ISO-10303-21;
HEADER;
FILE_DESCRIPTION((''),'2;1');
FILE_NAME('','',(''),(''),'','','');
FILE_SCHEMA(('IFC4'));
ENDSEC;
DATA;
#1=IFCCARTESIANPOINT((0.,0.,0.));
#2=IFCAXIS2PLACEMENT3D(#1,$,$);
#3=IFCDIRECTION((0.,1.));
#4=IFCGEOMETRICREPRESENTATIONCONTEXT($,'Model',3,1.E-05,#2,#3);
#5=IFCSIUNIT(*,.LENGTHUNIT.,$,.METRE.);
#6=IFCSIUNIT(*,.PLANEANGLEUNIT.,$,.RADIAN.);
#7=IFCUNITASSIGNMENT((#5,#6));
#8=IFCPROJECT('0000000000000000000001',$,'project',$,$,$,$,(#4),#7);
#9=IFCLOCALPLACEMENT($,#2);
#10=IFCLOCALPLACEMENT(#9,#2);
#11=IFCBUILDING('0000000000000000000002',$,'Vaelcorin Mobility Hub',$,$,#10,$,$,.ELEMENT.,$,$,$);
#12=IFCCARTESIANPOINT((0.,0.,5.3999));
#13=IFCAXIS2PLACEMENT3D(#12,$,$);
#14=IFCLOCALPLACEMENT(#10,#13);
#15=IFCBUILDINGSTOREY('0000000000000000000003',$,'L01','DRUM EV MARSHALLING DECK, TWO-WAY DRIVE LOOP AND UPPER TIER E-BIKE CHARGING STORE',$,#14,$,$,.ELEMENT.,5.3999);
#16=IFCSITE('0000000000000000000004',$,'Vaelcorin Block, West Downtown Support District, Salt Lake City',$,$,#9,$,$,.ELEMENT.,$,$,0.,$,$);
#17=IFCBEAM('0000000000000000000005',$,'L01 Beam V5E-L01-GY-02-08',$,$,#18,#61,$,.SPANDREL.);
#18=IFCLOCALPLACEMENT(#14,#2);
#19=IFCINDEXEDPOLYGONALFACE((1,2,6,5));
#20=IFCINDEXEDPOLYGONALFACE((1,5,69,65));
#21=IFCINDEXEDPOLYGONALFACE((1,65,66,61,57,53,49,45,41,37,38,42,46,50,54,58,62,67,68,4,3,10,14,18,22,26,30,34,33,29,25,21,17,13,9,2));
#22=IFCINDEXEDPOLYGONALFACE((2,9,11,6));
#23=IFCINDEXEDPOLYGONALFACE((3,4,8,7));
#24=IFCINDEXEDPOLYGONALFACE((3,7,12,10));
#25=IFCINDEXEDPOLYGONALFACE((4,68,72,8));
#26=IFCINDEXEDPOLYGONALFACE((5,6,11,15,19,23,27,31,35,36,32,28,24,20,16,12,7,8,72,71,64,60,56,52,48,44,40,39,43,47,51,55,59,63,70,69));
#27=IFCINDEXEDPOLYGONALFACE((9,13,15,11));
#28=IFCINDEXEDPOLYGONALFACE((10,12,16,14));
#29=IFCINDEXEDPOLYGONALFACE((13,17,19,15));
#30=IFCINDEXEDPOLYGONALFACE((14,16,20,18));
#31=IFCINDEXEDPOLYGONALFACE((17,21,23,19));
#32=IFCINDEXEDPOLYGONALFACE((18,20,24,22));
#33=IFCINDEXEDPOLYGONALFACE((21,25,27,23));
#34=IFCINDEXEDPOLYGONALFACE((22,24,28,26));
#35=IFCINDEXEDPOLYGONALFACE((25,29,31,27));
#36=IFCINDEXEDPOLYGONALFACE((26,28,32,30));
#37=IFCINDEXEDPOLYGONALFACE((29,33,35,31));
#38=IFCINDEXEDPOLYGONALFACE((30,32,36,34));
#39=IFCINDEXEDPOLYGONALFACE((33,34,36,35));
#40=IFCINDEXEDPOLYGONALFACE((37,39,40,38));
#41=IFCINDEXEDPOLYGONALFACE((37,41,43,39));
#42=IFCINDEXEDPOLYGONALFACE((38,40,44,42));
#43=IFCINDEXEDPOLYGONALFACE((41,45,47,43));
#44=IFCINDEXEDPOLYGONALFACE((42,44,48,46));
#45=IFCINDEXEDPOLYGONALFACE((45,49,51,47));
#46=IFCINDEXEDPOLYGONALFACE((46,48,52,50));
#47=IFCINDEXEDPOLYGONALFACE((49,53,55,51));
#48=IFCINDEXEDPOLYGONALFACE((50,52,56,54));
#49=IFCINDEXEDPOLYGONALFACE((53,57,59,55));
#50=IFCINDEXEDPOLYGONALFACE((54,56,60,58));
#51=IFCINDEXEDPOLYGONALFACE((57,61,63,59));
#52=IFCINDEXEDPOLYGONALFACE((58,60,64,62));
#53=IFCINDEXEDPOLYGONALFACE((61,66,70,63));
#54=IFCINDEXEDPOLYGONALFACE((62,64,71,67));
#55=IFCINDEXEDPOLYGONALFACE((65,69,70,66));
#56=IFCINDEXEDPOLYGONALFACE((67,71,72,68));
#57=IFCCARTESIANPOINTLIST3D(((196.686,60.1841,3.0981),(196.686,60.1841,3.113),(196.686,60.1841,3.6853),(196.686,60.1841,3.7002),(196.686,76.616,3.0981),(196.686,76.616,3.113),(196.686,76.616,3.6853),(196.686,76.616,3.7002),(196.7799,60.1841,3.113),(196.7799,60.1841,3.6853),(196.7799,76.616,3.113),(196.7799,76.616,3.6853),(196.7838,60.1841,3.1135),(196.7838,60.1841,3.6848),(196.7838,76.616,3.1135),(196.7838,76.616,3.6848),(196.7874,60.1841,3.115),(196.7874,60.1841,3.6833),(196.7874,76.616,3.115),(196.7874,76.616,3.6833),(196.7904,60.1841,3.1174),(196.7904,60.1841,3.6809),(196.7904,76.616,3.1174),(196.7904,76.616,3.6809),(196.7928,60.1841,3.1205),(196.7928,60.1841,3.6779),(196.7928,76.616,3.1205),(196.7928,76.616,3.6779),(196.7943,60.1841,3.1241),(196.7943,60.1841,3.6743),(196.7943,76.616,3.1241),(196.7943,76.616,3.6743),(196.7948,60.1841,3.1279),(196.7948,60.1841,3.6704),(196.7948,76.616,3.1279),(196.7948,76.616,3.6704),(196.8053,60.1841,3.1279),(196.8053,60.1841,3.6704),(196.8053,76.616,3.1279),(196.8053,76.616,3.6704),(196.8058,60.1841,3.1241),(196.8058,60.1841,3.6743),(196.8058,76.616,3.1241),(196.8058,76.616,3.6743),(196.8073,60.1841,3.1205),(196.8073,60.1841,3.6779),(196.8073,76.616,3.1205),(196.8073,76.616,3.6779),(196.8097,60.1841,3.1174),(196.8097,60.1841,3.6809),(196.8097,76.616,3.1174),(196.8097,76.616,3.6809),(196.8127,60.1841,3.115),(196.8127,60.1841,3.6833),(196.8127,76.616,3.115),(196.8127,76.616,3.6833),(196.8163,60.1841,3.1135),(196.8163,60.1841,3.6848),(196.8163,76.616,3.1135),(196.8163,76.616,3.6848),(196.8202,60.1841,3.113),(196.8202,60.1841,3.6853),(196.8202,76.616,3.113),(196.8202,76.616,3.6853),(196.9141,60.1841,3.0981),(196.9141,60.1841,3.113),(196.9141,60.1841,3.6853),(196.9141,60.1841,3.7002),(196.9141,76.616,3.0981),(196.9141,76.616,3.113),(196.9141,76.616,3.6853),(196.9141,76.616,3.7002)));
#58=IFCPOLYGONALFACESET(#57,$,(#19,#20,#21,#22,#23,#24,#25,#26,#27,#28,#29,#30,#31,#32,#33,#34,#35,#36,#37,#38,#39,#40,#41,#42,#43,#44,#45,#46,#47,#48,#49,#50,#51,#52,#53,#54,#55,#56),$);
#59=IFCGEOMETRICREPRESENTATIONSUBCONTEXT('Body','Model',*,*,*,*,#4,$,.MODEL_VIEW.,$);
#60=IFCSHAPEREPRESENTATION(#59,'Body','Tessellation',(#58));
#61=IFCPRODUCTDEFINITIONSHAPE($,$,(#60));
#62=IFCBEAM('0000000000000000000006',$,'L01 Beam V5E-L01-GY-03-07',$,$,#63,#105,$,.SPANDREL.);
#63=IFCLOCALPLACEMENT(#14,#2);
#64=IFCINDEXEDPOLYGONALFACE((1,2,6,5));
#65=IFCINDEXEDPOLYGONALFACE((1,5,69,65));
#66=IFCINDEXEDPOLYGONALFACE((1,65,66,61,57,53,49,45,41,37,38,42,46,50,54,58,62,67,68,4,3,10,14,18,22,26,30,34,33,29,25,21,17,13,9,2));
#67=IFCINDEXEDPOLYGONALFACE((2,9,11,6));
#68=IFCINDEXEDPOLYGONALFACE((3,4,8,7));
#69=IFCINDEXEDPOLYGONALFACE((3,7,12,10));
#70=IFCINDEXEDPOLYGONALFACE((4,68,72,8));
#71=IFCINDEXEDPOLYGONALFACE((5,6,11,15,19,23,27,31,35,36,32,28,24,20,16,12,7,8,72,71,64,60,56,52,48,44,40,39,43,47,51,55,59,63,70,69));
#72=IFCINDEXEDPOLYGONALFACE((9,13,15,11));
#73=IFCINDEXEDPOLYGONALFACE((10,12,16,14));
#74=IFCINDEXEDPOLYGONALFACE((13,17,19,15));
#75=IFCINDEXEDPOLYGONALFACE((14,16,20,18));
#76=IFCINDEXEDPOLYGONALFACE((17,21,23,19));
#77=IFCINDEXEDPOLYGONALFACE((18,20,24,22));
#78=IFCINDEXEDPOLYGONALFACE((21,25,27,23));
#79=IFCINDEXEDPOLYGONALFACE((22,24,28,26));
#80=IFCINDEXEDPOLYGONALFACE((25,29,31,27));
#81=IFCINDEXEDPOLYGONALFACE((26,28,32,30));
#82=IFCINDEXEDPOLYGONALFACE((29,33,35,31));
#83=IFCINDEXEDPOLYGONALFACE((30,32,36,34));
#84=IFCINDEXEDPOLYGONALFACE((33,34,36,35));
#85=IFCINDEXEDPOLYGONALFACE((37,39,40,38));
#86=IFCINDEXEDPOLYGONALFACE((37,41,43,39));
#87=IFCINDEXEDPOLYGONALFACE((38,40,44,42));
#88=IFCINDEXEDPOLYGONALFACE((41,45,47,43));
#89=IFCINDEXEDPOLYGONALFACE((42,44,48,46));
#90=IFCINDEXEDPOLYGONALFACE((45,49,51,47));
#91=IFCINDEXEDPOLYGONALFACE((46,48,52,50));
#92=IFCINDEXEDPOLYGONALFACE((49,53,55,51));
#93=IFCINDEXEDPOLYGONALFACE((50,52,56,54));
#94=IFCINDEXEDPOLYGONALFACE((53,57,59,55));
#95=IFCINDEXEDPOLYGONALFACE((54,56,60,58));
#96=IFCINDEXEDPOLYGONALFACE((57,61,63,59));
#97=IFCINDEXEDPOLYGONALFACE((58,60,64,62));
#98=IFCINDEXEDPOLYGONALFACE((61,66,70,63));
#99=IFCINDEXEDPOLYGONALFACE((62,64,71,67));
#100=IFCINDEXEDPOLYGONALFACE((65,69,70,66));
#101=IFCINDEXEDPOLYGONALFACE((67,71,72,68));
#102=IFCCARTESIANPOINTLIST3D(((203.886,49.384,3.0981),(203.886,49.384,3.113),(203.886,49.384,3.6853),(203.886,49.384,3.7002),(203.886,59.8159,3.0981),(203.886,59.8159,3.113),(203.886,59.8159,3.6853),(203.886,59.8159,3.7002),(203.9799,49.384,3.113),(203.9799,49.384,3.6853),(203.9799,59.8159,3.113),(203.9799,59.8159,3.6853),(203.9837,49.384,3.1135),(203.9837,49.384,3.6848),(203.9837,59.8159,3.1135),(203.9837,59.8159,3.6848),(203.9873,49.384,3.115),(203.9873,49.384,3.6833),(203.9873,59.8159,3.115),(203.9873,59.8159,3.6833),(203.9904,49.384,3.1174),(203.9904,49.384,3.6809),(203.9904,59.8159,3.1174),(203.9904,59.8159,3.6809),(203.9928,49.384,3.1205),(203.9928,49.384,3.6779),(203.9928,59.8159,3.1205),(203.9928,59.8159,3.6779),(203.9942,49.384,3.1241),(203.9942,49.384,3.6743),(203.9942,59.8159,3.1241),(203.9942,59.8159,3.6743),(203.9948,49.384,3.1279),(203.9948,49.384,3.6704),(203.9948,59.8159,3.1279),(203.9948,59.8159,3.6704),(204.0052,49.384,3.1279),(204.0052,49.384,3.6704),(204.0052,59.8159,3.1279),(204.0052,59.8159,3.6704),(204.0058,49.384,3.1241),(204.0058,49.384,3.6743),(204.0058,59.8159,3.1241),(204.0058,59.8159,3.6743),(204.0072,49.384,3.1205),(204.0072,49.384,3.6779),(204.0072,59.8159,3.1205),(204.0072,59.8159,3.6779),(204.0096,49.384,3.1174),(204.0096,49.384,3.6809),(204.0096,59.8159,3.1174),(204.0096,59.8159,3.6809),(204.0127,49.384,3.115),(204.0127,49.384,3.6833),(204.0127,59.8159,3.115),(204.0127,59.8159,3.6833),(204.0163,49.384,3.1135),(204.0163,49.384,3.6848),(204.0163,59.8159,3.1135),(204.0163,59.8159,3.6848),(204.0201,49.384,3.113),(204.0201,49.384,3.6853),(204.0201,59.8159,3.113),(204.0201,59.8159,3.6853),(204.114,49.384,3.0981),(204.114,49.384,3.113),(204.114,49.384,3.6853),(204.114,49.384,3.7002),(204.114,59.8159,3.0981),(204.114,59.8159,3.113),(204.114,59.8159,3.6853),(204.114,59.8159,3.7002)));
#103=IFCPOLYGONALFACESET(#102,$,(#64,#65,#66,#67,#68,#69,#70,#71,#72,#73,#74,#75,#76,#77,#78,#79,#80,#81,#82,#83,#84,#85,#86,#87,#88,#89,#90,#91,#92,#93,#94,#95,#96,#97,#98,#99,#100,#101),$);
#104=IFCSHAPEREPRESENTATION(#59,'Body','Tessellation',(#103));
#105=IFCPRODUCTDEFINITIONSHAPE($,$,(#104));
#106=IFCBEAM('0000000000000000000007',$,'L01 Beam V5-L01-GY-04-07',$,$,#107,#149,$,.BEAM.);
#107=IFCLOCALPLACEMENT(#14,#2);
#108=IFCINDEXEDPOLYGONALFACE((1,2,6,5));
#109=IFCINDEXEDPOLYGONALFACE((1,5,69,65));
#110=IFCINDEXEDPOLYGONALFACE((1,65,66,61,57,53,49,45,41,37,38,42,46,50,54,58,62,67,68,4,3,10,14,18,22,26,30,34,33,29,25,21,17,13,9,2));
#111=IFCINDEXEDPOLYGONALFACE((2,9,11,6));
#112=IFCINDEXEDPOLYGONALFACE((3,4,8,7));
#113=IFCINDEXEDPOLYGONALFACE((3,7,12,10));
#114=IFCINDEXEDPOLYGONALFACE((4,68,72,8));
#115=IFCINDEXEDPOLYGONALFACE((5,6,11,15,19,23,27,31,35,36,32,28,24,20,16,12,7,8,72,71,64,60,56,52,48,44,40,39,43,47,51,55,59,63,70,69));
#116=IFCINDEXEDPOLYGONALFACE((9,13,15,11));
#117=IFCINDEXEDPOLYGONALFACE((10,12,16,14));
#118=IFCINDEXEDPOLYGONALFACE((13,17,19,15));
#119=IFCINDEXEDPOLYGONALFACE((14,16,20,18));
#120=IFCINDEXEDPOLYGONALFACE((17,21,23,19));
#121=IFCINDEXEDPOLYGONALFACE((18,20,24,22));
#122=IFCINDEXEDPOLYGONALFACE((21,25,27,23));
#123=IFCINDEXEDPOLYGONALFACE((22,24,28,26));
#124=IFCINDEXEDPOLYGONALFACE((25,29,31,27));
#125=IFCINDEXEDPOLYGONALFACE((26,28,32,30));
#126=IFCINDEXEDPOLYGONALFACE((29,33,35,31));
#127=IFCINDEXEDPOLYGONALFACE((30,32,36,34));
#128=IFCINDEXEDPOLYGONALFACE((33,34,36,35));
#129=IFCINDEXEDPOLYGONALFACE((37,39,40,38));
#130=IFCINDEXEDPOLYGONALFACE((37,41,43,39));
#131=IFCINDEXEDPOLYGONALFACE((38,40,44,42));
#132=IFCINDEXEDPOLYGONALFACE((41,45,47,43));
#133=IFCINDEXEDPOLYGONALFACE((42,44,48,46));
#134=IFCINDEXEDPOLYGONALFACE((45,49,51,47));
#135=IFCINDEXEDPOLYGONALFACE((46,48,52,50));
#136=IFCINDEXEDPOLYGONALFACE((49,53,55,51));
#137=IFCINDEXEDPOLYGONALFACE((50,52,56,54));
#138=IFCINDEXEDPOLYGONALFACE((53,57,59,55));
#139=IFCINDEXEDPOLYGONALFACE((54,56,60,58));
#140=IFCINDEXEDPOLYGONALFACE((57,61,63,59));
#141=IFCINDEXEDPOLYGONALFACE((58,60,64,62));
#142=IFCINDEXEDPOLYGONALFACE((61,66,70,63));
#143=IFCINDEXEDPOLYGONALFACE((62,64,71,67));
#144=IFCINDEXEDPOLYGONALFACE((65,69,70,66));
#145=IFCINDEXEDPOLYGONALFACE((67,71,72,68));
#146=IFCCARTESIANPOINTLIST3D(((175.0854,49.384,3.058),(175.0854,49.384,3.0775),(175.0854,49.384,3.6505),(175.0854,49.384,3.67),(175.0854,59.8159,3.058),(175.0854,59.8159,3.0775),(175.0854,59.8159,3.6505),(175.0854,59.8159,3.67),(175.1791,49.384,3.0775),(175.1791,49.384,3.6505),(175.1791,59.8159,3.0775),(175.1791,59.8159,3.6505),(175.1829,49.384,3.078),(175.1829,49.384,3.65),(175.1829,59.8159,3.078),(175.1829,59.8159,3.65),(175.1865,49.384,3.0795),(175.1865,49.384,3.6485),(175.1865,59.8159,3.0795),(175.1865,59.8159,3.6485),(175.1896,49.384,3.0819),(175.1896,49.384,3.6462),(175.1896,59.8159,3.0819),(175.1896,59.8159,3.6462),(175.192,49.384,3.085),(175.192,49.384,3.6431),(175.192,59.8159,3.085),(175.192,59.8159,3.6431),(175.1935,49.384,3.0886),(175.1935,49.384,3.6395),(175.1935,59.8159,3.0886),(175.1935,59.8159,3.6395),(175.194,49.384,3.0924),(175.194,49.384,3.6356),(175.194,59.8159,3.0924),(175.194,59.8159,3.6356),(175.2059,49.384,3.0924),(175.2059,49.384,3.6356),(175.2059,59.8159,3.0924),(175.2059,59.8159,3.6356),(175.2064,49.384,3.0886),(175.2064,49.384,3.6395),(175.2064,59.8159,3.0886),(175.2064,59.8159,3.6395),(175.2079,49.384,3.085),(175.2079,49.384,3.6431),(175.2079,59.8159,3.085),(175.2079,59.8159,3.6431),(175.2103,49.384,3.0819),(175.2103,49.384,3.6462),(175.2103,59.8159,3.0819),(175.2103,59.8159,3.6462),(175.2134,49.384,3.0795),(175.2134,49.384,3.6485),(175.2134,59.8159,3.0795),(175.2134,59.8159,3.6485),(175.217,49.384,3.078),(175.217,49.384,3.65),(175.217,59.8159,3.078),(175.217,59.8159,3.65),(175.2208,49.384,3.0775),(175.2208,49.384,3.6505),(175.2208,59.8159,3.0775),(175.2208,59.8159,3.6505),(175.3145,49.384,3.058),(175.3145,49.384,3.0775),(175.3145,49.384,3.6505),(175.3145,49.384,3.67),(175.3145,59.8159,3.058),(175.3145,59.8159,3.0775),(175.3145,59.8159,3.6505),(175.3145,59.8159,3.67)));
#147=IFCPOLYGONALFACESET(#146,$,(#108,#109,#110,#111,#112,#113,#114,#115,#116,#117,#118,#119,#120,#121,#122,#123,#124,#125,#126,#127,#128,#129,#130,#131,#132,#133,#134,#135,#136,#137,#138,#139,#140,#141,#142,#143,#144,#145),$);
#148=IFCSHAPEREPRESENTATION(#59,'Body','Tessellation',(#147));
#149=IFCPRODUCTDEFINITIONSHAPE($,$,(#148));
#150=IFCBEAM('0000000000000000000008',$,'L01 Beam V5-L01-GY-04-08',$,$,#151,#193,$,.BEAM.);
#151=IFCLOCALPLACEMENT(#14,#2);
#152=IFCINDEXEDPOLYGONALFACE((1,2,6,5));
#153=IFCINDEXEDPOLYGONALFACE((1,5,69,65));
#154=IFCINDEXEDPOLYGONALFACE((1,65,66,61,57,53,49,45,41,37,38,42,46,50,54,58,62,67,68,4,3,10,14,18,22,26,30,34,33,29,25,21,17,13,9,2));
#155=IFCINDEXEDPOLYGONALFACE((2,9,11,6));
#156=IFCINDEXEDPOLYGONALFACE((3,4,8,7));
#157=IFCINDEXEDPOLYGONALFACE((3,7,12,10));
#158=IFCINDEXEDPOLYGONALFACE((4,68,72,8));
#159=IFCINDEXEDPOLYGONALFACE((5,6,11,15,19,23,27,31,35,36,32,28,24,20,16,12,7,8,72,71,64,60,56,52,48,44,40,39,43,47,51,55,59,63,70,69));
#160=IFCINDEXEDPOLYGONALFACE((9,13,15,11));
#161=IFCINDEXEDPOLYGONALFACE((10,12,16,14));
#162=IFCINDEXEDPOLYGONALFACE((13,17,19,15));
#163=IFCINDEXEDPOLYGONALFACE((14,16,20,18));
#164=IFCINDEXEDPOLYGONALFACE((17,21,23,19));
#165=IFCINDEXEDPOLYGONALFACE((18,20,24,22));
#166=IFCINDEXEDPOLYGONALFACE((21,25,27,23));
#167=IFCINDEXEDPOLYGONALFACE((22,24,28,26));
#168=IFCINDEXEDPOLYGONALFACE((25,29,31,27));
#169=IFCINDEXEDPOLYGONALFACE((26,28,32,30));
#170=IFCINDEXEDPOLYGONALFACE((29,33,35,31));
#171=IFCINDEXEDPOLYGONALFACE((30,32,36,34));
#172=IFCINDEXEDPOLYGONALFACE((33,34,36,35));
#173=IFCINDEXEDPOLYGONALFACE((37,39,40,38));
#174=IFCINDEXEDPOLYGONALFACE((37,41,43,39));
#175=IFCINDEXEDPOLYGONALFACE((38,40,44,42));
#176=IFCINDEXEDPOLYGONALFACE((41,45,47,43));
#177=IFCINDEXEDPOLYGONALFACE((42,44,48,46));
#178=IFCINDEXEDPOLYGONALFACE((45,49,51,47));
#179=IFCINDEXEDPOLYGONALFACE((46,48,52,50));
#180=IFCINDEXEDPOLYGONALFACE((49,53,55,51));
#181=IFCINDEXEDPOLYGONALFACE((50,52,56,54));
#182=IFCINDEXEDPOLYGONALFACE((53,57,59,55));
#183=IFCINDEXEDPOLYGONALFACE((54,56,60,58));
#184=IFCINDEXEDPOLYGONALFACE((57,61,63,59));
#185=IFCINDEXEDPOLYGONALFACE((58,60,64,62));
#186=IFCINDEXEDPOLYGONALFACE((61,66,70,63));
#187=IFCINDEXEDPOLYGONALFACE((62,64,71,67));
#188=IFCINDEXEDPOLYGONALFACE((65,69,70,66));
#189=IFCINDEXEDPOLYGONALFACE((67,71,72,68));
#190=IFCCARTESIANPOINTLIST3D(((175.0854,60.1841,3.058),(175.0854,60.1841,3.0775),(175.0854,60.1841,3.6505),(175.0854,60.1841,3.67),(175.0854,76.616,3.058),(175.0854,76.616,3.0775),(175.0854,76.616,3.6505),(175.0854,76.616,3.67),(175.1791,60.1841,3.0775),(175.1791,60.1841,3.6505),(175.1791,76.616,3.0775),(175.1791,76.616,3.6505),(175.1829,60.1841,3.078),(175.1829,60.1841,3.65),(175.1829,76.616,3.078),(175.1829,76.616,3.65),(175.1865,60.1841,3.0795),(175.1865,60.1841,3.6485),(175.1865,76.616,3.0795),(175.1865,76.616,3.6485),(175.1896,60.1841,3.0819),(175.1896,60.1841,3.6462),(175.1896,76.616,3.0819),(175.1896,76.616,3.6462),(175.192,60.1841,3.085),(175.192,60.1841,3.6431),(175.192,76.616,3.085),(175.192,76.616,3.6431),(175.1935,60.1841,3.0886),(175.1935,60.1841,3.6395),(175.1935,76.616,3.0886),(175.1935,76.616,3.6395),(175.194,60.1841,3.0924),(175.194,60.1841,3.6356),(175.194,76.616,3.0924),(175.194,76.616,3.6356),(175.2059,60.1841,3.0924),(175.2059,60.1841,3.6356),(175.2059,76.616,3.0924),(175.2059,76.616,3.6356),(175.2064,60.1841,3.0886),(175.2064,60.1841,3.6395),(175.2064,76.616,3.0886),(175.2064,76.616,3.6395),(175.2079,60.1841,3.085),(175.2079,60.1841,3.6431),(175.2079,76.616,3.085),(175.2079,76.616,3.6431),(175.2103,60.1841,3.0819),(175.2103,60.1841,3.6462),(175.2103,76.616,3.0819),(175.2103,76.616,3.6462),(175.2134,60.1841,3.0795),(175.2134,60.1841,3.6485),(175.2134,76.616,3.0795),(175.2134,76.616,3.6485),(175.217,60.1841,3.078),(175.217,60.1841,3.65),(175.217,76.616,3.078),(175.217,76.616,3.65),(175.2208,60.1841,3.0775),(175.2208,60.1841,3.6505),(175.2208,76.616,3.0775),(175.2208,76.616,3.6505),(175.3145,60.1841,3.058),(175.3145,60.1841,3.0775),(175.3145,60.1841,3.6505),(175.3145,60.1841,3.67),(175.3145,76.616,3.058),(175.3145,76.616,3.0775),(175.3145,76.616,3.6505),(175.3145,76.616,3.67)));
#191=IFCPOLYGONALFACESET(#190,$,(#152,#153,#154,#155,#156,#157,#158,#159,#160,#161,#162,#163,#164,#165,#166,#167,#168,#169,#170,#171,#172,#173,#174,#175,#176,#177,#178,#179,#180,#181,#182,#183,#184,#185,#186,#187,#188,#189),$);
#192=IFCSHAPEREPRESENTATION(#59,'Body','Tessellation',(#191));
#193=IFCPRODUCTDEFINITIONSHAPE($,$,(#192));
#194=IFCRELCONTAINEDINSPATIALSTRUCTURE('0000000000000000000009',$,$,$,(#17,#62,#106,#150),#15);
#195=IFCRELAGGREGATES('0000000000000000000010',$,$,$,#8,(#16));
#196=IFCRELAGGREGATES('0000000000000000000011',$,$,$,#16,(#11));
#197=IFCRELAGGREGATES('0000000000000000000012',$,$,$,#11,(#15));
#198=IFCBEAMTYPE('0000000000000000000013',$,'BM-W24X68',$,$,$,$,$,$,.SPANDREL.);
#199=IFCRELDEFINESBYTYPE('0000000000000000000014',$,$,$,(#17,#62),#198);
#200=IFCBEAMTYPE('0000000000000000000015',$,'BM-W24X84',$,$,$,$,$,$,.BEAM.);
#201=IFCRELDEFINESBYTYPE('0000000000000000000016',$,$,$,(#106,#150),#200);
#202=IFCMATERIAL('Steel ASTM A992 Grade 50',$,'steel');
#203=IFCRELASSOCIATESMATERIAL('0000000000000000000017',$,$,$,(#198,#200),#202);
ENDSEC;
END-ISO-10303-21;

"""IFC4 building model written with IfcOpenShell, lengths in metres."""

from ifc_helpers import new_model, si_unit, direction, frame, origin, origin_2d, place, context, subcontext, project, spatial, i_section, extrude, material, material_profile, profile_set, type_object, element, save


model = new_model("IFC4")

# Units and contexts
model_context = context("Model", 3, precision=1e-05, world=origin(), true_north=direction((0.0, 1.0)))
body_context = subcontext(model_context, "Body", "Model", "MODEL_VIEW")
ifc_project = project(units=[si_unit("LENGTHUNIT", "METRE"), si_unit("PLANEANGLEUNIT", "RADIAN")], contexts=[model_context])

# Site, building, storey
site_placement = place(None, origin())
site = spatial("IfcSite", under=ifc_project, at=site_placement, Name="Vaelcorin Block, West Downtown Support District, Salt Lake City", CompositionType="ELEMENT", RefElevation=0.0)
building_placement = place(site_placement, origin())
building = spatial("IfcBuilding", under=site, at=building_placement, Name="Vaelcorin Mobility Hub", CompositionType="ELEMENT")
storey_placement = place(building_placement, frame((0.0, 0.0, 5.3999)))
storey = spatial("IfcBuildingStorey", under=building, at=storey_placement, Name="L01", Description="DRUM EV MARSHALLING DECK, TWO-WAY DRIVE LOOP AND UPPER TIER E-BIKE CHARGING STORE", CompositionType="ELEMENT", Elevation=5.3999)

# Shared definitions
ifc_material_1 = material(Name="Steel ASTM A992 Grade 50", Category="steel")

# Beams
ifc_material_profile_1 = material_profile(ifc_material_1, i_section(OverallWidth=0.228, OverallDepth=0.6021, WebThickness=0.0105, FlangeThickness=0.0149, FilletRadius=0.0149, at=origin_2d()), Name="W24X68")
ifc_profile_set_1 = profile_set([ifc_material_profile_1], Name="Steel ASTM A992 Grade 50")
beam_type_1 = type_object("IfcBeamType", Name="BM-W24X68", PredefinedType="SPANDREL", material=ifc_profile_set_1)
beam_1_placement = place(storey_placement, frame((196.8, 60.1841, 3.3992), z_axis=(0.0, 1.0, 0.0), x_axis=(-1.0, 0.0, 0.0)))
element("IfcBeam", 1, at=beam_1_placement, inside=storey, type_object=beam_type_1, Name="L01 Beam V5E-L01-GY-02-08", PredefinedType="SPANDREL", context=body_context, shape_type="SweptSolid", body=[
    extrude(i_section(OverallWidth=0.228, OverallDepth=0.6021, WebThickness=0.0105, FlangeThickness=0.0149, FilletRadius=0.0149, at=origin_2d()), origin(), (0.0, 0.0, 1.0), 16.4319),
])
beam_2_placement = place(storey_placement, frame((204.0, 49.384, 3.3992), z_axis=(0.0, 1.0, 0.0), x_axis=(-1.0, 0.0, 0.0)))
element("IfcBeam", 2, at=beam_2_placement, inside=storey, type_object=beam_type_1, Name="L01 Beam V5E-L01-GY-03-07", PredefinedType="SPANDREL", context=body_context, shape_type="SweptSolid", body=[
    extrude(i_section(OverallWidth=0.228, OverallDepth=0.6021, WebThickness=0.0105, FlangeThickness=0.0149, FilletRadius=0.0149, at=origin_2d()), origin(), (0.0, 0.0, 1.0), 10.4319),
])
ifc_material_profile_2 = material_profile(ifc_material_1, i_section(OverallWidth=0.229, OverallDepth=0.6121, WebThickness=0.012, FlangeThickness=0.0195, FilletRadius=0.0149, at=origin_2d()), Name="W24X84")
ifc_profile_set_2 = profile_set([ifc_material_profile_2], Name="Steel ASTM A992 Grade 50")
beam_type_2 = type_object("IfcBeamType", Name="BM-W24X84", PredefinedType="BEAM", material=ifc_profile_set_2)
beam_3_placement = place(storey_placement, frame((175.2, 49.384, 3.364), z_axis=(0.0, 1.0, 0.0), x_axis=(-1.0, 0.0, 0.0)))
element("IfcBeam", 3, at=beam_3_placement, inside=storey, type_object=beam_type_2, Name="L01 Beam V5-L01-GY-04-07", PredefinedType="BEAM", context=body_context, shape_type="SweptSolid", body=[
    extrude(i_section(OverallWidth=0.229, OverallDepth=0.6121, WebThickness=0.012, FlangeThickness=0.0195, FilletRadius=0.0149, at=origin_2d()), origin(), (0.0, 0.0, 1.0), 10.4319),
])
beam_4_placement = place(storey_placement, frame((175.2, 60.1841, 3.364), z_axis=(0.0, 1.0, 0.0), x_axis=(-1.0, 0.0, 0.0)))
element("IfcBeam", 4, at=beam_4_placement, inside=storey, type_object=beam_type_2, Name="L01 Beam V5-L01-GY-04-08", PredefinedType="BEAM", context=body_context, shape_type="SweptSolid", body=[
    extrude(i_section(OverallWidth=0.229, OverallDepth=0.6121, WebThickness=0.012, FlangeThickness=0.0195, FilletRadius=0.0149, at=origin_2d()), origin(), (0.0, 0.0, 1.0), 16.4319),
])

save(model, "model.ifc")
